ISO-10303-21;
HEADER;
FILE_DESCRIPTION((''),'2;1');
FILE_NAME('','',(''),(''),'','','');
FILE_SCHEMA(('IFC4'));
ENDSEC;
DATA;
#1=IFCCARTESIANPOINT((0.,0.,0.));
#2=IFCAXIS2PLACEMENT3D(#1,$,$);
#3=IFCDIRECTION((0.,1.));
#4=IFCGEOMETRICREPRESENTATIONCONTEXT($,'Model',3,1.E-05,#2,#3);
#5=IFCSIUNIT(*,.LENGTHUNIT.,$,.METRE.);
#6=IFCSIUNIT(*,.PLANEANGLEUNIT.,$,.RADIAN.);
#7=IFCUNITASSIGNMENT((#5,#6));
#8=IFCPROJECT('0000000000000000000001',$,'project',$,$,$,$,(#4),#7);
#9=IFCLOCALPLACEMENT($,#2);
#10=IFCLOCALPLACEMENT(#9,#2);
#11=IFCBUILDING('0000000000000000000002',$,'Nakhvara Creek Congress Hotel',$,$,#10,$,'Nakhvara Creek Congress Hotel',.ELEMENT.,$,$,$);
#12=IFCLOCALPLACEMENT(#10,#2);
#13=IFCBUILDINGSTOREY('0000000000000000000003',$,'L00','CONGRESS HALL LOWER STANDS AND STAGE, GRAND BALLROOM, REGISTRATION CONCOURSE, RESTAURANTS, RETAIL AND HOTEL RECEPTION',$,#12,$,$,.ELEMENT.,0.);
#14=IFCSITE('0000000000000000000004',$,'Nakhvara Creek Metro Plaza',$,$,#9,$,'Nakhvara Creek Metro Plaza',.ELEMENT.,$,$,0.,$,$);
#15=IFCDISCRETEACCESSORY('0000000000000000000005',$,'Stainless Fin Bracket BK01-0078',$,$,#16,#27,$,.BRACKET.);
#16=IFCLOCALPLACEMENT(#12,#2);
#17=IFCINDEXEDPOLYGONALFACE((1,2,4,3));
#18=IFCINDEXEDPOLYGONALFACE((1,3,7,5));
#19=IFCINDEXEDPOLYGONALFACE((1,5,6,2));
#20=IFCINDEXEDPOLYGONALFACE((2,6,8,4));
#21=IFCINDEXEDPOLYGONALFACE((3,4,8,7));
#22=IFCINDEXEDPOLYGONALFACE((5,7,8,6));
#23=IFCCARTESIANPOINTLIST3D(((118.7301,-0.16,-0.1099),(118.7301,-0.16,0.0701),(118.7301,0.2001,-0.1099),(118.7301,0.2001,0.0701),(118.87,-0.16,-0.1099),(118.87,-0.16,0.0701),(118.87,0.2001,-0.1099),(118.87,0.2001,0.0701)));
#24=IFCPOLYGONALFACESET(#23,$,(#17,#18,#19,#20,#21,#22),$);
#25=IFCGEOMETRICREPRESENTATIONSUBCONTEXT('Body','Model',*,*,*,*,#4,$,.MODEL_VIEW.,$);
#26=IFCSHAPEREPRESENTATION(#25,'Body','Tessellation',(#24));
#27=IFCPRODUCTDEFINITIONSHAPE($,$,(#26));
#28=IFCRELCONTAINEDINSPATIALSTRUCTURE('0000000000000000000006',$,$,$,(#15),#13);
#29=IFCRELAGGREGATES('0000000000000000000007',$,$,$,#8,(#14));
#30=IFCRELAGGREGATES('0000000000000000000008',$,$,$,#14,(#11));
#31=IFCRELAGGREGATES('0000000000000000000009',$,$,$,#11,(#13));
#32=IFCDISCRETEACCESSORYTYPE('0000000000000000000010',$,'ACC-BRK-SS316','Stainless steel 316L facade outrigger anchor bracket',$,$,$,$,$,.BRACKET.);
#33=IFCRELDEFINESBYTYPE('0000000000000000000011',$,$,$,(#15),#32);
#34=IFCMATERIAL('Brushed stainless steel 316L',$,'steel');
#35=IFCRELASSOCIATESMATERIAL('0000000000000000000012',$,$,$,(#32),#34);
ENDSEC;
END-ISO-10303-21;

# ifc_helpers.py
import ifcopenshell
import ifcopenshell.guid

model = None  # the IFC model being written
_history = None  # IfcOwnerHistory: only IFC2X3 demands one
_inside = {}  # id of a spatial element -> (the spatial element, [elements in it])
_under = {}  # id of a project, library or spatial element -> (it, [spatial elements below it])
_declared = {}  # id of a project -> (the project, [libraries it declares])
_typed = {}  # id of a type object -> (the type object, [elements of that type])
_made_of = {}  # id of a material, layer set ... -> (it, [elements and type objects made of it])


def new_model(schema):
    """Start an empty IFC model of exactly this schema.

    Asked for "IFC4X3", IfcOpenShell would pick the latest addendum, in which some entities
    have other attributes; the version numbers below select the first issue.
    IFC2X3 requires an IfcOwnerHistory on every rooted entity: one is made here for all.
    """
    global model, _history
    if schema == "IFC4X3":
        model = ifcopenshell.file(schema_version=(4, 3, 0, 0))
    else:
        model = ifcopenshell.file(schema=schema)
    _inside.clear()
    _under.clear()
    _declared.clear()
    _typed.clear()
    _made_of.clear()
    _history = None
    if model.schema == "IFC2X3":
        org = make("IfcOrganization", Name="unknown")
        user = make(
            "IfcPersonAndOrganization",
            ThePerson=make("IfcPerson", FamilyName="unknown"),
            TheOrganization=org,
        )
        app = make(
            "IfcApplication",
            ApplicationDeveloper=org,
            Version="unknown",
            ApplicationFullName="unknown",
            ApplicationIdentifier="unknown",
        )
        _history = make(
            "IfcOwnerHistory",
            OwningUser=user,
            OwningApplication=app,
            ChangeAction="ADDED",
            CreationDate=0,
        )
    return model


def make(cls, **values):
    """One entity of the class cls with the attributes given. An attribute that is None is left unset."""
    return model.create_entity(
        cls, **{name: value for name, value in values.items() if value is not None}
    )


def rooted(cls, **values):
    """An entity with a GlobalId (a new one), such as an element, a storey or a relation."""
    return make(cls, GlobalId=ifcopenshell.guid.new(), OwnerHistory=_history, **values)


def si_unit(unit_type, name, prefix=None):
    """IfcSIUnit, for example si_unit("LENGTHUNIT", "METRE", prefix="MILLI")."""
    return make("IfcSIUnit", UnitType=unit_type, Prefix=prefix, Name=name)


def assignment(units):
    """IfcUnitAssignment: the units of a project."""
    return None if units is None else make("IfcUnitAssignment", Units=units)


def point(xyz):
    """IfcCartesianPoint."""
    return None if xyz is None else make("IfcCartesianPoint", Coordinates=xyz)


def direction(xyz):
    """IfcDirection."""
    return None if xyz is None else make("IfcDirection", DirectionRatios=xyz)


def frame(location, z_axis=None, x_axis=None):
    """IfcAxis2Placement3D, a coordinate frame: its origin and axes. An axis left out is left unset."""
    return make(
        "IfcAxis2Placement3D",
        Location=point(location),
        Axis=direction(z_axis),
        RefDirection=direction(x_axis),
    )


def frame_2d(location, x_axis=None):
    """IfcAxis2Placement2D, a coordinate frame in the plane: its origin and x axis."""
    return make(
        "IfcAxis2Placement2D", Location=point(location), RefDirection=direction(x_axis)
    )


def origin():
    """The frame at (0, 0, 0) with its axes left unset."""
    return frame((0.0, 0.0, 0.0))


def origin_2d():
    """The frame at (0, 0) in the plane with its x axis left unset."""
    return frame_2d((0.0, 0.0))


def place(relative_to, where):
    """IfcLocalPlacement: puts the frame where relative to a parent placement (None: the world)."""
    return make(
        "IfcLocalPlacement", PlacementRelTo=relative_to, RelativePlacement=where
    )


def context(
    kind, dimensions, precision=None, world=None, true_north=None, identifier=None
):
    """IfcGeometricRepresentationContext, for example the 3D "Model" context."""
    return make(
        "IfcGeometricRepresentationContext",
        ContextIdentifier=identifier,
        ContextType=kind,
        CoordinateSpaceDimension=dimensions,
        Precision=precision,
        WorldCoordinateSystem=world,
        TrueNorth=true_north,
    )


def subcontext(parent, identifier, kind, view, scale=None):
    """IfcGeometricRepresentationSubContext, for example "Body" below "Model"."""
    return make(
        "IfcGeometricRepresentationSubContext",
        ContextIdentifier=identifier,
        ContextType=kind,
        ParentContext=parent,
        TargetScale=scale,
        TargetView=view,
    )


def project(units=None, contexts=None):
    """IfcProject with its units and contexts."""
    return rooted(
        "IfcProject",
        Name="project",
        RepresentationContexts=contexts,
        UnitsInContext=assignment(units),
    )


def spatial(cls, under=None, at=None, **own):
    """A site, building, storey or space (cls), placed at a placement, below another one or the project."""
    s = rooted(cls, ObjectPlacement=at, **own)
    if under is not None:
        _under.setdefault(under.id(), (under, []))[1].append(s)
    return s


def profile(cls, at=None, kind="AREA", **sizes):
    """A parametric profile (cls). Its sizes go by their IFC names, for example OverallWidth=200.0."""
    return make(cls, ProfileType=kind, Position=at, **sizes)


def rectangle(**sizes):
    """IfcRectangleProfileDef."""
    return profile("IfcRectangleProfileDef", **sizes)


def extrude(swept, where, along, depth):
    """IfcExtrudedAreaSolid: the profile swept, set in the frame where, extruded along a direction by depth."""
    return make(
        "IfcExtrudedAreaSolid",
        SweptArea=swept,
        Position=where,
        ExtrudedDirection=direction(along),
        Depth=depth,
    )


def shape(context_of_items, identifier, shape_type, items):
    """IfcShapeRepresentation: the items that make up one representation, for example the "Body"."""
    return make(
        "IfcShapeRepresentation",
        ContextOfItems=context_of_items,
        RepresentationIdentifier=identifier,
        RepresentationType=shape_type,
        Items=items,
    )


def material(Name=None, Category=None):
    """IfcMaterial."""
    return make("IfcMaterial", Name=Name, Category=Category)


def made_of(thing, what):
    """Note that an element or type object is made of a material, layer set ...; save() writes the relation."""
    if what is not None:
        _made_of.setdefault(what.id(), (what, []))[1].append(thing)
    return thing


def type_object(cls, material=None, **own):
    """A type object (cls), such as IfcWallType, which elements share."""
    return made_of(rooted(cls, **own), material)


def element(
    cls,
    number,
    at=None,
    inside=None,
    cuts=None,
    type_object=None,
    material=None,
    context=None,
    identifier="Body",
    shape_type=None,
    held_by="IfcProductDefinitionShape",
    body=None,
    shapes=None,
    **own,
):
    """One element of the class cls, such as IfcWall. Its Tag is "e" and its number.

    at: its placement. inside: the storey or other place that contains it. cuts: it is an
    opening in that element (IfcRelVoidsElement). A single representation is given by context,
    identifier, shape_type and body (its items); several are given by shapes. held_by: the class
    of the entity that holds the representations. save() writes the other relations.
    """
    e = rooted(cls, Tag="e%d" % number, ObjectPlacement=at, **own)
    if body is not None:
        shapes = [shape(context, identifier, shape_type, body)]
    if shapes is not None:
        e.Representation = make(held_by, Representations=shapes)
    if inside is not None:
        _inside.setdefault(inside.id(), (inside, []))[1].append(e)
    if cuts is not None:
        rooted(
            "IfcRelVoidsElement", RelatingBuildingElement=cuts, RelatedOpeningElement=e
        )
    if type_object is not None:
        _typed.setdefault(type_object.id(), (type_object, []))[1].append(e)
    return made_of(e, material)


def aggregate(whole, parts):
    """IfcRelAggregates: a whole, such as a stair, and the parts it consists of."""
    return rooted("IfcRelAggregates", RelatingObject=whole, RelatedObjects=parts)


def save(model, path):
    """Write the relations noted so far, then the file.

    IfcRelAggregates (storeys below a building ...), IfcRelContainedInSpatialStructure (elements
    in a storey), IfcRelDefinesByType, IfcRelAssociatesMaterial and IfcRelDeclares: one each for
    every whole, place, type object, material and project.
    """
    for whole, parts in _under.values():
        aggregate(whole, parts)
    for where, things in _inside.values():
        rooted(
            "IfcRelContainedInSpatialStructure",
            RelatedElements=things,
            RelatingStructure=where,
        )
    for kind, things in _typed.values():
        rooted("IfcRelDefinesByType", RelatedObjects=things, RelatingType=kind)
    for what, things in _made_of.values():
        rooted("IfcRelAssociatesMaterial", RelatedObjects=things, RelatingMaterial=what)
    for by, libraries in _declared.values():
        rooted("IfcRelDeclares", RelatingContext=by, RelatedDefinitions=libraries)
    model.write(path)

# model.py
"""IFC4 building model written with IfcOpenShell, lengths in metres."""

from ifc_helpers import new_model, si_unit, direction, frame, origin, origin_2d, place, context, subcontext, project, spatial, rectangle, extrude, material, type_object, element, save


model = new_model("IFC4")

# Units and contexts
model_context = context("Model", 3, precision=1e-05, world=origin(), true_north=direction((0.0, 1.0)))
body_context = subcontext(model_context, "Body", "Model", "MODEL_VIEW")
ifc_project = project(units=[si_unit("LENGTHUNIT", "METRE"), si_unit("PLANEANGLEUNIT", "RADIAN")], contexts=[model_context])

# Site, building, storey
site_placement = place(None, origin())
site = spatial("IfcSite", under=ifc_project, at=site_placement, Name="Nakhvara Creek Metro Plaza", LongName="Nakhvara Creek Metro Plaza", CompositionType="ELEMENT", RefElevation=0.0)
building_placement = place(site_placement, origin())
building = spatial("IfcBuilding", under=site, at=building_placement, Name="Nakhvara Creek Congress Hotel", LongName="Nakhvara Creek Congress Hotel", CompositionType="ELEMENT")
storey_placement = place(building_placement, origin())
storey = spatial("IfcBuildingStorey", under=building, at=storey_placement, Name="L00", Description="CONGRESS HALL LOWER STANDS AND STAGE, GRAND BALLROOM, REGISTRATION CONCOURSE, RESTAURANTS, RETAIL AND HOTEL RECEPTION", CompositionType="ELEMENT", Elevation=0.0)

# Discrete accessory
ifc_material_1 = material(Name="Brushed stainless steel 316L", Category="steel")
discrete_accessory_type = type_object("IfcDiscreteAccessoryType", Name="ACC-BRK-SS316", Description="Stainless steel 316L facade outrigger anchor bracket", PredefinedType="BRACKET", material=ifc_material_1)
for number, where, z_axis, x_axis, name in (
    (1, (118.8, 0.02, -0.1099), (0.0, 0.0, 1.0), (1.0, 0.0, 0.0), "Stainless Fin Bracket BK01-0078"),
):
    element("IfcDiscreteAccessory", number, at=place(storey_placement, frame(where, z_axis=z_axis, x_axis=x_axis)), inside=storey, type_object=discrete_accessory_type, Name=name, PredefinedType="BRACKET", context=body_context, shape_type="SweptSolid", body=[
        extrude(rectangle(XDim=0.1399, YDim=0.3601, at=origin_2d()), origin(), (0.0, 0.0, 1.0), 0.1799),
    ])

save(model, "model.ifc")
